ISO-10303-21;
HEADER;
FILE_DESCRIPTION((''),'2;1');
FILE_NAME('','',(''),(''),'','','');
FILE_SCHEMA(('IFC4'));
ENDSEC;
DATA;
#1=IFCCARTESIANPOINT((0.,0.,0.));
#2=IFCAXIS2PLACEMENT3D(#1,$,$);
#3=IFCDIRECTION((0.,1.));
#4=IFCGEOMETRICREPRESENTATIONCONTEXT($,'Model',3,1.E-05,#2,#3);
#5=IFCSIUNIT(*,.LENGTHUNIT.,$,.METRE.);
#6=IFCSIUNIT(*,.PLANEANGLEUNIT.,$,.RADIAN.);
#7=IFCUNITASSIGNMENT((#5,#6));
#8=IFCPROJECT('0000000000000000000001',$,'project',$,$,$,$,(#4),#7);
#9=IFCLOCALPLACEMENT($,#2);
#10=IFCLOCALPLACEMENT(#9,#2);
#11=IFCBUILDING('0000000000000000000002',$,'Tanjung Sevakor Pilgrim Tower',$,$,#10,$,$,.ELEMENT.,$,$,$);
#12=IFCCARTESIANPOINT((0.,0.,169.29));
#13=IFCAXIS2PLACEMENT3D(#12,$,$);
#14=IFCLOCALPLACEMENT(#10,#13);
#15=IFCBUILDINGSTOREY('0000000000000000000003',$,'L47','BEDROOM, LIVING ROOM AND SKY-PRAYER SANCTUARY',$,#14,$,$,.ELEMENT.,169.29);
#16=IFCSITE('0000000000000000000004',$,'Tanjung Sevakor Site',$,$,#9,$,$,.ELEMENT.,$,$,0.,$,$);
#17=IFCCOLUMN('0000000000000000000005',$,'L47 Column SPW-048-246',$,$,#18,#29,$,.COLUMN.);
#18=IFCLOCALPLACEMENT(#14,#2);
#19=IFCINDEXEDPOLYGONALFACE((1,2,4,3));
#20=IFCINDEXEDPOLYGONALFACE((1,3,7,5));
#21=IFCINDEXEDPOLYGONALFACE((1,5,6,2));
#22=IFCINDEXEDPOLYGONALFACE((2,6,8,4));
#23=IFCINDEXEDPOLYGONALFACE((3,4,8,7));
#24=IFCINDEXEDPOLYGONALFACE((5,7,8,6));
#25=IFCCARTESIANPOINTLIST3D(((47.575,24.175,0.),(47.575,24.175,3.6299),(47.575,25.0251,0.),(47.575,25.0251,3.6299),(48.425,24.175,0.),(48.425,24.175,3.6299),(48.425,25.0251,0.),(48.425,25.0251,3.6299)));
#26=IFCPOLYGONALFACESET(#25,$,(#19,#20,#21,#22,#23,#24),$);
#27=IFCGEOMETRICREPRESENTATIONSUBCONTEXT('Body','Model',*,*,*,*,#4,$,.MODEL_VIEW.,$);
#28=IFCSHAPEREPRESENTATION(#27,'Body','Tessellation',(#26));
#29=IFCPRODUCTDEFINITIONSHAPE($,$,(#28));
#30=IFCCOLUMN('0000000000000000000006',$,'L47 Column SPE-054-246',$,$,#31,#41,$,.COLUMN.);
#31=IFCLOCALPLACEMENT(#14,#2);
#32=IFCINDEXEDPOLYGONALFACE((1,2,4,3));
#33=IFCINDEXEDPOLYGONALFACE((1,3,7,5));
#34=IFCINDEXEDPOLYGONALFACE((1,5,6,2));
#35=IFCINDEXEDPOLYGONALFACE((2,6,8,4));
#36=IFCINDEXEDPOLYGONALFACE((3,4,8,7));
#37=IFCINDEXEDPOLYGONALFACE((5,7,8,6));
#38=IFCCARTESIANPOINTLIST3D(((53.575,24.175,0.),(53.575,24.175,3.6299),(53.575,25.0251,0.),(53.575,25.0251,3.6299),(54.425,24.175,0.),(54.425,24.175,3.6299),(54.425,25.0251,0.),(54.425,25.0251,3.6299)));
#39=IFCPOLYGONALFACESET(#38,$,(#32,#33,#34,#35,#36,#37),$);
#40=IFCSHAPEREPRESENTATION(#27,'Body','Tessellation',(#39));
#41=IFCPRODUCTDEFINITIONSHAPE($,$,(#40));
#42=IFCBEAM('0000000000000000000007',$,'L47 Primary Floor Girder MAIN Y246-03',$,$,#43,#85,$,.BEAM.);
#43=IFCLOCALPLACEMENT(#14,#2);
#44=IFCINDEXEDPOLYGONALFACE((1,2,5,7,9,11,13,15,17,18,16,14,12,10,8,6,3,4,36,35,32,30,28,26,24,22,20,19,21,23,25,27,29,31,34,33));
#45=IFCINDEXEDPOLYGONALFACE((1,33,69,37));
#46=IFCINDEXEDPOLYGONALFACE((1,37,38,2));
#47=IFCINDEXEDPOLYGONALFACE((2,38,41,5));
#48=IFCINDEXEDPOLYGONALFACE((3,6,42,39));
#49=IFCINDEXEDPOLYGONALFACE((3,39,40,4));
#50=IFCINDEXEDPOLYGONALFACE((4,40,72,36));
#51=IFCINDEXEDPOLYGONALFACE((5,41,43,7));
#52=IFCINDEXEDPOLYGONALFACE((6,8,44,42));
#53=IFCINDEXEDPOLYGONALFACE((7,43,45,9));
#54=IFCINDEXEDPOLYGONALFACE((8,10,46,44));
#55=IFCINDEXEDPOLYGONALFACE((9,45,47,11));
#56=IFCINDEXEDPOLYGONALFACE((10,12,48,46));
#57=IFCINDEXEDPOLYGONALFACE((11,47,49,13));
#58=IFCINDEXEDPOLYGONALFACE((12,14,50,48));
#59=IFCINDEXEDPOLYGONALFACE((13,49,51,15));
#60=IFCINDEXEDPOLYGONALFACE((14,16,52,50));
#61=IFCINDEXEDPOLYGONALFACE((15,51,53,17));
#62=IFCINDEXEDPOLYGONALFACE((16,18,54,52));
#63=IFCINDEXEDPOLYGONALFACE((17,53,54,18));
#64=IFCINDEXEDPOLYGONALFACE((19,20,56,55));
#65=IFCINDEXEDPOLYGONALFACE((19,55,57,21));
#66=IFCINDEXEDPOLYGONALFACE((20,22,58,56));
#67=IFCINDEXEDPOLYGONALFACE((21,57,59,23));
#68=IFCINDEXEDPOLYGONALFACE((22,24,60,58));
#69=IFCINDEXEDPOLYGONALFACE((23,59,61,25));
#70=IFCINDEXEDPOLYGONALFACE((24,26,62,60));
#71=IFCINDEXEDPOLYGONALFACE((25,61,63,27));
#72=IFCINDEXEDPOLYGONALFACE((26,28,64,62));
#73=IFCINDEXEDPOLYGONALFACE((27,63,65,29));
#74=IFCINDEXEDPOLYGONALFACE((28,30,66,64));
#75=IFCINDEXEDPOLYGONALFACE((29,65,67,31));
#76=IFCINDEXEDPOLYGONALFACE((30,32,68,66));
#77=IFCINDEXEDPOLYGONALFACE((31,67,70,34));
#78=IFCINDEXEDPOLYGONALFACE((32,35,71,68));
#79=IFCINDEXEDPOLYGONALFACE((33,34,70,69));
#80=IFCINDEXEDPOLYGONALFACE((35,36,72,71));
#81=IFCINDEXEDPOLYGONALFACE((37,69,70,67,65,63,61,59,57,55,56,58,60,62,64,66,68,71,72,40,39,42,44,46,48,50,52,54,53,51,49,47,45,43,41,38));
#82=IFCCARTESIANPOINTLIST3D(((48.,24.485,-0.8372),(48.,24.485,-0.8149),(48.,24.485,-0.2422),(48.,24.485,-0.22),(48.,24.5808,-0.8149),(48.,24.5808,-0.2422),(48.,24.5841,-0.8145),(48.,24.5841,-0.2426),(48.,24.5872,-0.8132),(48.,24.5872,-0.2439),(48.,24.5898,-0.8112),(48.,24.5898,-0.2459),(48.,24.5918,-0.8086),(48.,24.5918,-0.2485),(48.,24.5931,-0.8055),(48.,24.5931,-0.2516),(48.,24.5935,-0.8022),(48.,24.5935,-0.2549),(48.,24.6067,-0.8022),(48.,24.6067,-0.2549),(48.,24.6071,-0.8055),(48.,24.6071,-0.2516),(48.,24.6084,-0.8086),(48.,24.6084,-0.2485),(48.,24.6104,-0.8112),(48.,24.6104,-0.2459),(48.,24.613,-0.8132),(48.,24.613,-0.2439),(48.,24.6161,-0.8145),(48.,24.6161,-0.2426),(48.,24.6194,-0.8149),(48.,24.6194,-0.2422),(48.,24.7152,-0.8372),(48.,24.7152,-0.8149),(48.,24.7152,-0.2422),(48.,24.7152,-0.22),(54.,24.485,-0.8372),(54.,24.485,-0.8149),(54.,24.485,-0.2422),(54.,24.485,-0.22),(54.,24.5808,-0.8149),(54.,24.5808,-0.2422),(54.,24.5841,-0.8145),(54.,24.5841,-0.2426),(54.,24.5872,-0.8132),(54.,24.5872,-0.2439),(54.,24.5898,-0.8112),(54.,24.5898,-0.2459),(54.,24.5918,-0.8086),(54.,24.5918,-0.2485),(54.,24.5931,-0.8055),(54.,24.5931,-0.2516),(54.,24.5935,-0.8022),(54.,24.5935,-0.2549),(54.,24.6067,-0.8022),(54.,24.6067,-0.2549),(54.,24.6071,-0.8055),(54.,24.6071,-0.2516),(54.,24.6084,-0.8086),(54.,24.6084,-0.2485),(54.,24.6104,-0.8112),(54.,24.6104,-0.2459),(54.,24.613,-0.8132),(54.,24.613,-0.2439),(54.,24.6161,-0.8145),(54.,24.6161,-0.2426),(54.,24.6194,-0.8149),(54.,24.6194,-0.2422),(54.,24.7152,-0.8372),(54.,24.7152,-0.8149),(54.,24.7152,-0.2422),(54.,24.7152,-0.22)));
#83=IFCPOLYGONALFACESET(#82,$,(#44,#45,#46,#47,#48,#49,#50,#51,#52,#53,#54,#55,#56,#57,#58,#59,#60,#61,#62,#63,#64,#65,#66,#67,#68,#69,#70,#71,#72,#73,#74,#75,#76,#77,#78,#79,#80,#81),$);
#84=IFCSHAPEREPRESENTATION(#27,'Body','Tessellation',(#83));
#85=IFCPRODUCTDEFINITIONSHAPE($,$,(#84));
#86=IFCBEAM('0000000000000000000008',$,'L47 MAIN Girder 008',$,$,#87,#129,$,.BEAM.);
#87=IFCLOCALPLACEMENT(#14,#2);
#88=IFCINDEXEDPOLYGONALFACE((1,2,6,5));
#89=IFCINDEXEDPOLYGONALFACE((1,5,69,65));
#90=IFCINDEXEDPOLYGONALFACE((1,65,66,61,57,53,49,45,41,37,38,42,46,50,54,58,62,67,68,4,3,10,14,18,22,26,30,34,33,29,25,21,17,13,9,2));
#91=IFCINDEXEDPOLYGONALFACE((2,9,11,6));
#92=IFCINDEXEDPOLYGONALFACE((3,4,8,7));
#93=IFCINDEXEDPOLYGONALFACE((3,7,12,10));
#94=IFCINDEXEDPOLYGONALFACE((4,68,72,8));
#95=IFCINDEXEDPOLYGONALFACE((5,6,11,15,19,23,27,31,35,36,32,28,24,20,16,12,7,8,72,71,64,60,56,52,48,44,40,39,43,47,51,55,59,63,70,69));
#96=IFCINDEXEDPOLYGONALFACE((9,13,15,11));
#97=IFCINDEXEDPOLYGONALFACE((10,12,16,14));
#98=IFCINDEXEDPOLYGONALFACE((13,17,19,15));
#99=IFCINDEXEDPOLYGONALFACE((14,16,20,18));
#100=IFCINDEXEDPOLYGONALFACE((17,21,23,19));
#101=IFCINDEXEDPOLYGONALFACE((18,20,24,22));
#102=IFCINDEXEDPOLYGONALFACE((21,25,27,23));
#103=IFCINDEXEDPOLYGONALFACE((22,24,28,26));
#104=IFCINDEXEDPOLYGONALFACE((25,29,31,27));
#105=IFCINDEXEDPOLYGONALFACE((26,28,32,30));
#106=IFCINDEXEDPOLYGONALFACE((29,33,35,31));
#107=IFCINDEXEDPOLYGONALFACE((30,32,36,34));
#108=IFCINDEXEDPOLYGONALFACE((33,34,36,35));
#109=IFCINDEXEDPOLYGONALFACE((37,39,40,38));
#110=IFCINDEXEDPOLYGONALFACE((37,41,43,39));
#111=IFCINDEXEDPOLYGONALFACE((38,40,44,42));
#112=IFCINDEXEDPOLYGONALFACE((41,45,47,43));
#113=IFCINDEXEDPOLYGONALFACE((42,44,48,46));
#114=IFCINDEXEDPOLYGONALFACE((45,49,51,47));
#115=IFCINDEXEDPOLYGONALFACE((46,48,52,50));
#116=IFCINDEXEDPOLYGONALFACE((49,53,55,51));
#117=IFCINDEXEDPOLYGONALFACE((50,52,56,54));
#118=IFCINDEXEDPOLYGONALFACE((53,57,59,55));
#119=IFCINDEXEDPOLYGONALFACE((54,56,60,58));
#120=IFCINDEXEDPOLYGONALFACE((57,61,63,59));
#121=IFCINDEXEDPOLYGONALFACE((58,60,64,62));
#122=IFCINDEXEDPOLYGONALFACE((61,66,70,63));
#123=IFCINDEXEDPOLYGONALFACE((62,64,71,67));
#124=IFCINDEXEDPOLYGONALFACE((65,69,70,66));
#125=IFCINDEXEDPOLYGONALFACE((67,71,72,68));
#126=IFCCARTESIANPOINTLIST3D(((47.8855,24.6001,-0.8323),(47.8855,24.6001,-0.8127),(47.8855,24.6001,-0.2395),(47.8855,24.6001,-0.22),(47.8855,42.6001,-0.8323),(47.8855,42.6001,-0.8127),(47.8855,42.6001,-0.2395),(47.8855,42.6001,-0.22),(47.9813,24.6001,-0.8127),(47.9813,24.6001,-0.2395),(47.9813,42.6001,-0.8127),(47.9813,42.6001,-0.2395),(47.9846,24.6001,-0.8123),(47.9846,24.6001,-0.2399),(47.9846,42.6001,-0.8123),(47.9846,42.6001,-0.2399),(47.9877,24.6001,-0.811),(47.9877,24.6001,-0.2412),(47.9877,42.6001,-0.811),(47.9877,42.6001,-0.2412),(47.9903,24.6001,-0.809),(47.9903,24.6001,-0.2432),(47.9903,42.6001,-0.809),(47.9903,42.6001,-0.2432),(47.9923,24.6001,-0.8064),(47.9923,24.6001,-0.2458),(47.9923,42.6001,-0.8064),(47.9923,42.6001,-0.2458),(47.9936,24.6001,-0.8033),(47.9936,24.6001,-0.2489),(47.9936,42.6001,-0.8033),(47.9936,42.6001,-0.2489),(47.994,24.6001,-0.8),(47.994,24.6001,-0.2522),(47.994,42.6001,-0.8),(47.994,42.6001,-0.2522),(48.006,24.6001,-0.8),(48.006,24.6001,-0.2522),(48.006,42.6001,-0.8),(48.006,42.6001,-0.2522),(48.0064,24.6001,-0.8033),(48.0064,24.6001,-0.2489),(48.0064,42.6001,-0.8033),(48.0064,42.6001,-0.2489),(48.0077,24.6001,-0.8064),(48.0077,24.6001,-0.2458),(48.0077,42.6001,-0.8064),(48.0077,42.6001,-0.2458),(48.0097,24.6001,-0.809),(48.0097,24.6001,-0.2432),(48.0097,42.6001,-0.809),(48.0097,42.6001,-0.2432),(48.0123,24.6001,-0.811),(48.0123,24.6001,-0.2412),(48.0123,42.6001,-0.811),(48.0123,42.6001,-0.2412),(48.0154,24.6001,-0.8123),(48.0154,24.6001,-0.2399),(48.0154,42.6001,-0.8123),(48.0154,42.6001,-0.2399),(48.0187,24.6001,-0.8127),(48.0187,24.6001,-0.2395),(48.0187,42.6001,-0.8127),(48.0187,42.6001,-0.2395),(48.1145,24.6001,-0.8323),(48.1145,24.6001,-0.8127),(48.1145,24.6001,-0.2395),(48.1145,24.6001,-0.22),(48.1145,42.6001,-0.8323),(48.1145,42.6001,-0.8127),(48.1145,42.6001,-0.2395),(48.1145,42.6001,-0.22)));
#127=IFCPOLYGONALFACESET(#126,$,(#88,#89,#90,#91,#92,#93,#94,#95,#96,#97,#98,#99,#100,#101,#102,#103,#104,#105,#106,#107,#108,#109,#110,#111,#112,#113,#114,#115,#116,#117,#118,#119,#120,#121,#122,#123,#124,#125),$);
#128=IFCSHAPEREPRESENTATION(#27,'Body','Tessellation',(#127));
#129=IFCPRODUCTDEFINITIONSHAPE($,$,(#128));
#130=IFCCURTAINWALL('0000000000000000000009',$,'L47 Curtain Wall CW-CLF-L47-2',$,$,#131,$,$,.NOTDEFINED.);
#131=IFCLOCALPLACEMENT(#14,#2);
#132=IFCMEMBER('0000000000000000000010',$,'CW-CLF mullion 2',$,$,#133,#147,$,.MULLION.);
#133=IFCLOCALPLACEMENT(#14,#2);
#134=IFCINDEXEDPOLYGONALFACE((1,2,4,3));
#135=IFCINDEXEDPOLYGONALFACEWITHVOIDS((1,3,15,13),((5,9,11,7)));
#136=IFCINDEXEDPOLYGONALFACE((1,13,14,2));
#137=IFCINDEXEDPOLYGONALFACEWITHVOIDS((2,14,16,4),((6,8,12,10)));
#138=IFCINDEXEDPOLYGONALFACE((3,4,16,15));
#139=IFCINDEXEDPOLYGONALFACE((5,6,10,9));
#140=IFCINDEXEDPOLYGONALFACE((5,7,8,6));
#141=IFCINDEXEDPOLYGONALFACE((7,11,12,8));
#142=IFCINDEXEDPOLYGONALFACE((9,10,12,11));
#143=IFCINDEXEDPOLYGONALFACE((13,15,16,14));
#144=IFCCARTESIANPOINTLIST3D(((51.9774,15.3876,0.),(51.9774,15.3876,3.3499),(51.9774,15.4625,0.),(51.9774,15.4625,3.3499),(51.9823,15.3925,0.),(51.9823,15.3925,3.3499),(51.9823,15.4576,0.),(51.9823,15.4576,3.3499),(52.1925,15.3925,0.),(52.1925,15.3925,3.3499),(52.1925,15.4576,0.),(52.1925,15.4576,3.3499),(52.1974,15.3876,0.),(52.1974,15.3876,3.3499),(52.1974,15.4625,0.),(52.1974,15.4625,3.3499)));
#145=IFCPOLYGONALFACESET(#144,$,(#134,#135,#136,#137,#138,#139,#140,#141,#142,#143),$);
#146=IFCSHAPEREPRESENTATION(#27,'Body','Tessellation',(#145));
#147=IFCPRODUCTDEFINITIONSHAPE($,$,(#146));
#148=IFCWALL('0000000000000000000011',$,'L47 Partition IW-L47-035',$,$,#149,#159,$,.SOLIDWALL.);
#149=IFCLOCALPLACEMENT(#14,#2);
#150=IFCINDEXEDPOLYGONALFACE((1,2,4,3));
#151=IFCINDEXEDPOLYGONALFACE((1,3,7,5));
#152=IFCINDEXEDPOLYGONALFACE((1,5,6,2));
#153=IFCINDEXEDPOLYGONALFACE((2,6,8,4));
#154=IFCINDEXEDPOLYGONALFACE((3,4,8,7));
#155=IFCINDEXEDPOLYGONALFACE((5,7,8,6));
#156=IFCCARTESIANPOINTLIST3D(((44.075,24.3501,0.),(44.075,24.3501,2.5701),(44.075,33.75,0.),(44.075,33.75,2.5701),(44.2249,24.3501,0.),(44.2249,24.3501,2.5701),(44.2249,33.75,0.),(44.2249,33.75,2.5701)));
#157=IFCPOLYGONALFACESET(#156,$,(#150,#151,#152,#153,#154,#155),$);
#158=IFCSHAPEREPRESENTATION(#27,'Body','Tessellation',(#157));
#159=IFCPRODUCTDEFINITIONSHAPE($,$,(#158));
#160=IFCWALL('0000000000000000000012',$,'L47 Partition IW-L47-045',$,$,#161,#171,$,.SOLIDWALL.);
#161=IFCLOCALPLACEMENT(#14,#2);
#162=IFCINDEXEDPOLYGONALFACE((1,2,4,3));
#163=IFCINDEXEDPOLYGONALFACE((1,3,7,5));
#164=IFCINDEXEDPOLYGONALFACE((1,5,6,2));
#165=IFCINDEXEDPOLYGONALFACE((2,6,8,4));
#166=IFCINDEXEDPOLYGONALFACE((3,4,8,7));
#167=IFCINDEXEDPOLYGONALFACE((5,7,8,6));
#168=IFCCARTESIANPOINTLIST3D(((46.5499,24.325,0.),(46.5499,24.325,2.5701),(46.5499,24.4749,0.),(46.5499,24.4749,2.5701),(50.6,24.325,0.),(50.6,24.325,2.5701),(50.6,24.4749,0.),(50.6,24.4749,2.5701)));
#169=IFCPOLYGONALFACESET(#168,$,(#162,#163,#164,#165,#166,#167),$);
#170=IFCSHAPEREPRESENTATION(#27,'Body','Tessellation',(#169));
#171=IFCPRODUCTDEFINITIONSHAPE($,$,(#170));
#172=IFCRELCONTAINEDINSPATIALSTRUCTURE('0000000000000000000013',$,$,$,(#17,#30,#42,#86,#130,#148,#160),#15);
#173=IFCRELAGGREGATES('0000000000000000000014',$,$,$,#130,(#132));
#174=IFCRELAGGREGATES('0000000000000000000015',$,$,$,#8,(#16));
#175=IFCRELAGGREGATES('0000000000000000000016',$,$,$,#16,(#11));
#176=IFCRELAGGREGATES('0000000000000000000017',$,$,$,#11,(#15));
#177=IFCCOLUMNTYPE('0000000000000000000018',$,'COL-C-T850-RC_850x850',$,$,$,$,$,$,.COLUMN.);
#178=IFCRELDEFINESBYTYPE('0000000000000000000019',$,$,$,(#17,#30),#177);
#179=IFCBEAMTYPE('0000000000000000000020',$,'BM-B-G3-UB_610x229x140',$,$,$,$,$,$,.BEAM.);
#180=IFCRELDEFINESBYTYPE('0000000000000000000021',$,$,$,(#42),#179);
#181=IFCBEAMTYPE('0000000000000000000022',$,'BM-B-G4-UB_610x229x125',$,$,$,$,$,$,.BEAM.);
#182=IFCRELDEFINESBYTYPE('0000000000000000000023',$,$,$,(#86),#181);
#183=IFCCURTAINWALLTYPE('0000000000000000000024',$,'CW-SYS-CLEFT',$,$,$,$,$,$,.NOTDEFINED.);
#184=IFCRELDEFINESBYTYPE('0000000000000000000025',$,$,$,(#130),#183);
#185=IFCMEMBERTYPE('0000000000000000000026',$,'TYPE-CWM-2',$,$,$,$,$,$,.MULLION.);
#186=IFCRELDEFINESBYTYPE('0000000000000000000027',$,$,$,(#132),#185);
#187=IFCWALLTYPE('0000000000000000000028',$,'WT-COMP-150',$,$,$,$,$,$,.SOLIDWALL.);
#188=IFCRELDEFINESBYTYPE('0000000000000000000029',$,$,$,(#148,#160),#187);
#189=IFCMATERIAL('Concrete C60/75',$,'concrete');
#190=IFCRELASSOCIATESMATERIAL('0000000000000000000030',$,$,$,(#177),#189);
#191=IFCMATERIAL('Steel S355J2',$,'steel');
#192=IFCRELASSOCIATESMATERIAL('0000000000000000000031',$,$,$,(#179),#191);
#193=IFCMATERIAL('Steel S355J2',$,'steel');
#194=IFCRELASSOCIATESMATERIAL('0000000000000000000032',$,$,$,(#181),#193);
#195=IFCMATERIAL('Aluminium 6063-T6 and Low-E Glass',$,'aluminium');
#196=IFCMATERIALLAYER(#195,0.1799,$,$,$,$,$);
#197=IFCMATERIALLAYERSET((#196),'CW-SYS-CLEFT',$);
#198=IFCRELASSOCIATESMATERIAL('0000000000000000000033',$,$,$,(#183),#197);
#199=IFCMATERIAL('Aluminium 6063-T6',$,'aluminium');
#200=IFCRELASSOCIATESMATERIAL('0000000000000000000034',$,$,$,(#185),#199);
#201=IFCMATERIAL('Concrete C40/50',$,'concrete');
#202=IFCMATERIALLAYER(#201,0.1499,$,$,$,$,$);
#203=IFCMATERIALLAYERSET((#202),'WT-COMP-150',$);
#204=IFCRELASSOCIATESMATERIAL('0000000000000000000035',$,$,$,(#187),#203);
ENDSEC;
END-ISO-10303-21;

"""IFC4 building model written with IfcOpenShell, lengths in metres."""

from ifc_helpers import new_model, si_unit, direction, frame, frame_2d, origin, origin_2d, place, context, subcontext, project, spatial, rectangle, hollow_rectangle, i_section, extrude, material, layer, layer_set, material_profile, profile_set, type_object, element, aggregate, save


model = new_model("IFC4")

# Units and contexts
model_context = context("Model", 3, precision=1e-05, world=origin(), true_north=direction((0.0, 1.0)))
body_context = subcontext(model_context, "Body", "Model", "MODEL_VIEW")
ifc_project = project(units=[si_unit("LENGTHUNIT", "METRE"), si_unit("PLANEANGLEUNIT", "RADIAN")], contexts=[model_context])

# Site, building, storey
site_placement = place(None, origin())
site = spatial("IfcSite", under=ifc_project, at=site_placement, Name="Tanjung Sevakor Site", CompositionType="ELEMENT", RefElevation=0.0)
building_placement = place(site_placement, origin())
building = spatial("IfcBuilding", under=site, at=building_placement, Name="Tanjung Sevakor Pilgrim Tower", CompositionType="ELEMENT")
storey_placement = place(building_placement, frame((0.0, 0.0, 169.29)))
storey = spatial("IfcBuildingStorey", under=building, at=storey_placement, Name="L47", Description="BEDROOM, LIVING ROOM AND SKY-PRAYER SANCTUARY", CompositionType="ELEMENT", Elevation=169.29)

# Columns
ifc_material_1 = material(Name="Concrete C60/75", Category="concrete")
ifc_material_profile_1 = material_profile(ifc_material_1, rectangle(XDim=0.8501, YDim=0.8501, at=origin_2d()))
ifc_profile_set_1 = profile_set([ifc_material_profile_1], Name="Concrete C60/75")
column_type = type_object("IfcColumnType", Name="COL-C-T850-RC_850x850", PredefinedType="COLUMN", material=ifc_profile_set_1)
for number, where, z_axis, x_axis, name in (
    (1, (48.0, 24.6001, 0.0), (0.0, 0.0, 1.0), (1.0, 0.0, 0.0), "L47 Column SPW-048-246"),
    (2, (54.0, 24.6001, 0.0), (0.0, 0.0, 1.0), (1.0, 0.0, 0.0), "L47 Column SPE-054-246"),
):
    element("IfcColumn", number, at=place(storey_placement, frame(where, z_axis=z_axis, x_axis=x_axis)), inside=storey, type_object=column_type, Name=name, PredefinedType="COLUMN", context=body_context, shape_type="SweptSolid", body=[
        extrude(rectangle(XDim=0.8501, YDim=0.8501, at=origin_2d()), origin(), (0.0, 0.0, 1.0), 3.6299),
    ])

# Beams
ifc_material_2 = material(Name="Steel S355J2", Category="steel")
ifc_material_profile_2 = material_profile(ifc_material_2, i_section(OverallWidth=0.2302, OverallDepth=0.6172, WebThickness=0.0132, FlangeThickness=0.0222, FilletRadius=0.0127, at=origin_2d()))
ifc_profile_set_2 = profile_set([ifc_material_profile_2], Name="Steel S355J2")
beam_type_1 = type_object("IfcBeamType", Name="BM-B-G3-UB_610x229x140", PredefinedType="BEAM", material=ifc_profile_set_2)
beam_1_placement = place(storey_placement, frame((48.0, 24.6001, -0.5286), z_axis=(1.0, 0.0, 0.0), x_axis=(0.0, 1.0, 0.0)))
element("IfcBeam", 3, at=beam_1_placement, inside=storey, type_object=beam_type_1, Name="L47 Primary Floor Girder MAIN Y246-03", PredefinedType="BEAM", context=body_context, shape_type="SweptSolid", body=[
    extrude(i_section(OverallWidth=0.2302, OverallDepth=0.6172, WebThickness=0.0132, FlangeThickness=0.0222, FilletRadius=0.0127, at=origin_2d()), origin(), (0.0, 0.0, 1.0), 6.0),
])
ifc_material_3 = material(Name="Steel S355J2", Category="steel")
ifc_material_profile_3 = material_profile(ifc_material_3, i_section(OverallWidth=0.229, OverallDepth=0.6123, WebThickness=0.012, FlangeThickness=0.0195, FilletRadius=0.0127, at=origin_2d()))
ifc_profile_set_3 = profile_set([ifc_material_profile_3], Name="Steel S355J2")
beam_type_2 = type_object("IfcBeamType", Name="BM-B-G4-UB_610x229x125", PredefinedType="BEAM", material=ifc_profile_set_3)
beam_2_placement = place(storey_placement, frame((48.0, 24.6001, -0.5261), z_axis=(0.0, 1.0, 0.0), x_axis=(-1.0, 0.0, 0.0)))
element("IfcBeam", 4, at=beam_2_placement, inside=storey, type_object=beam_type_2, Name="L47 MAIN Girder 008", PredefinedType="BEAM", context=body_context, shape_type="SweptSolid", body=[
    extrude(i_section(OverallWidth=0.229, OverallDepth=0.6123, WebThickness=0.012, FlangeThickness=0.0195, FilletRadius=0.0127, at=origin_2d()), origin(), (0.0, 0.0, 1.0), 18.0),
])

# Curtain wall, member
ifc_material_4 = material(Name="Aluminium 6063-T6 and Low-E Glass", Category="aluminium")
ifc_layer_1 = layer(ifc_material_4, 0.1799)
ifc_layer_set_1 = layer_set([ifc_layer_1], Name="CW-SYS-CLEFT")
curtain_wall_type = type_object("IfcCurtainWallType", Name="CW-SYS-CLEFT", PredefinedType="NOTDEFINED", material=ifc_layer_set_1)
curtain_wall_placement = place(storey_placement, origin())
curtain_wall = element("IfcCurtainWall", 5, at=curtain_wall_placement, inside=storey, type_object=curtain_wall_type, Name="L47 Curtain Wall CW-CLF-L47-2", PredefinedType="NOTDEFINED")
ifc_material_5 = material(Name="Aluminium 6063-T6", Category="aluminium")
ifc_material_profile_4 = material_profile(ifc_material_5, hollow_rectangle(XDim=0.075, YDim=0.22, WallThickness=0.0049, at=origin_2d()))
ifc_profile_set_4 = profile_set([ifc_material_profile_4], Name="Aluminium 6063-T6")
member_type = type_object("IfcMemberType", Name="TYPE-CWM-2", PredefinedType="MULLION", material=ifc_profile_set_4)
member_placement = place(storey_placement, frame((52.0874, 15.425, 0.0), z_axis=(0.0, 0.0, 1.0), x_axis=(0.0, 1.0, 0.0)))
member = element("IfcMember", 6, at=member_placement, type_object=member_type, Name="CW-CLF mullion 2", PredefinedType="MULLION", context=body_context, shape_type="SweptSolid", body=[
    extrude(hollow_rectangle(XDim=0.075, YDim=0.22, WallThickness=0.0049, at=origin_2d()), origin(), (0.0, 0.0, 1.0), 3.3499),
])
aggregate(curtain_wall, [member])

# Walls
ifc_material_6 = material(Name="Concrete C40/50", Category="concrete")
ifc_layer_2 = layer(ifc_material_6, 0.1499)
ifc_layer_set_2 = layer_set([ifc_layer_2], Name="WT-COMP-150")
wall_type_1 = type_object("IfcWallType", Name="WT-COMP-150", PredefinedType="SOLIDWALL", material=ifc_layer_set_2)
wall_1_placement = place(storey_placement, frame((44.1499, 24.3501, 0.0), z_axis=(0.0, 0.0, 1.0), x_axis=(0.0, 1.0, 0.0)))
element("IfcWall", 7, at=wall_1_placement, inside=storey, type_object=wall_type_1, Name="L47 Partition IW-L47-035", PredefinedType="SOLIDWALL", context=body_context, shape_type="SweptSolid", body=[
    extrude(rectangle(XDim=9.3999, YDim=0.1499, at=frame_2d((4.7, 0.0))), origin(), (0.0, 0.0, 1.0), 2.5701),
])
wall_2_placement = place(storey_placement, frame((46.55, 24.3999, 0.0), z_axis=(0.0, 0.0, 1.0), x_axis=(1.0, 0.0, 0.0)))
element("IfcWall", 8, at=wall_2_placement, inside=storey, type_object=wall_type_1, Name="L47 Partition IW-L47-045", PredefinedType="SOLIDWALL", context=body_context, shape_type="SweptSolid", body=[
    extrude(rectangle(XDim=4.05, YDim=0.1499, at=frame_2d((2.0249, 0.0))), origin(), (0.0, 0.0, 1.0), 2.5701),
])

save(model, "model.ifc")
